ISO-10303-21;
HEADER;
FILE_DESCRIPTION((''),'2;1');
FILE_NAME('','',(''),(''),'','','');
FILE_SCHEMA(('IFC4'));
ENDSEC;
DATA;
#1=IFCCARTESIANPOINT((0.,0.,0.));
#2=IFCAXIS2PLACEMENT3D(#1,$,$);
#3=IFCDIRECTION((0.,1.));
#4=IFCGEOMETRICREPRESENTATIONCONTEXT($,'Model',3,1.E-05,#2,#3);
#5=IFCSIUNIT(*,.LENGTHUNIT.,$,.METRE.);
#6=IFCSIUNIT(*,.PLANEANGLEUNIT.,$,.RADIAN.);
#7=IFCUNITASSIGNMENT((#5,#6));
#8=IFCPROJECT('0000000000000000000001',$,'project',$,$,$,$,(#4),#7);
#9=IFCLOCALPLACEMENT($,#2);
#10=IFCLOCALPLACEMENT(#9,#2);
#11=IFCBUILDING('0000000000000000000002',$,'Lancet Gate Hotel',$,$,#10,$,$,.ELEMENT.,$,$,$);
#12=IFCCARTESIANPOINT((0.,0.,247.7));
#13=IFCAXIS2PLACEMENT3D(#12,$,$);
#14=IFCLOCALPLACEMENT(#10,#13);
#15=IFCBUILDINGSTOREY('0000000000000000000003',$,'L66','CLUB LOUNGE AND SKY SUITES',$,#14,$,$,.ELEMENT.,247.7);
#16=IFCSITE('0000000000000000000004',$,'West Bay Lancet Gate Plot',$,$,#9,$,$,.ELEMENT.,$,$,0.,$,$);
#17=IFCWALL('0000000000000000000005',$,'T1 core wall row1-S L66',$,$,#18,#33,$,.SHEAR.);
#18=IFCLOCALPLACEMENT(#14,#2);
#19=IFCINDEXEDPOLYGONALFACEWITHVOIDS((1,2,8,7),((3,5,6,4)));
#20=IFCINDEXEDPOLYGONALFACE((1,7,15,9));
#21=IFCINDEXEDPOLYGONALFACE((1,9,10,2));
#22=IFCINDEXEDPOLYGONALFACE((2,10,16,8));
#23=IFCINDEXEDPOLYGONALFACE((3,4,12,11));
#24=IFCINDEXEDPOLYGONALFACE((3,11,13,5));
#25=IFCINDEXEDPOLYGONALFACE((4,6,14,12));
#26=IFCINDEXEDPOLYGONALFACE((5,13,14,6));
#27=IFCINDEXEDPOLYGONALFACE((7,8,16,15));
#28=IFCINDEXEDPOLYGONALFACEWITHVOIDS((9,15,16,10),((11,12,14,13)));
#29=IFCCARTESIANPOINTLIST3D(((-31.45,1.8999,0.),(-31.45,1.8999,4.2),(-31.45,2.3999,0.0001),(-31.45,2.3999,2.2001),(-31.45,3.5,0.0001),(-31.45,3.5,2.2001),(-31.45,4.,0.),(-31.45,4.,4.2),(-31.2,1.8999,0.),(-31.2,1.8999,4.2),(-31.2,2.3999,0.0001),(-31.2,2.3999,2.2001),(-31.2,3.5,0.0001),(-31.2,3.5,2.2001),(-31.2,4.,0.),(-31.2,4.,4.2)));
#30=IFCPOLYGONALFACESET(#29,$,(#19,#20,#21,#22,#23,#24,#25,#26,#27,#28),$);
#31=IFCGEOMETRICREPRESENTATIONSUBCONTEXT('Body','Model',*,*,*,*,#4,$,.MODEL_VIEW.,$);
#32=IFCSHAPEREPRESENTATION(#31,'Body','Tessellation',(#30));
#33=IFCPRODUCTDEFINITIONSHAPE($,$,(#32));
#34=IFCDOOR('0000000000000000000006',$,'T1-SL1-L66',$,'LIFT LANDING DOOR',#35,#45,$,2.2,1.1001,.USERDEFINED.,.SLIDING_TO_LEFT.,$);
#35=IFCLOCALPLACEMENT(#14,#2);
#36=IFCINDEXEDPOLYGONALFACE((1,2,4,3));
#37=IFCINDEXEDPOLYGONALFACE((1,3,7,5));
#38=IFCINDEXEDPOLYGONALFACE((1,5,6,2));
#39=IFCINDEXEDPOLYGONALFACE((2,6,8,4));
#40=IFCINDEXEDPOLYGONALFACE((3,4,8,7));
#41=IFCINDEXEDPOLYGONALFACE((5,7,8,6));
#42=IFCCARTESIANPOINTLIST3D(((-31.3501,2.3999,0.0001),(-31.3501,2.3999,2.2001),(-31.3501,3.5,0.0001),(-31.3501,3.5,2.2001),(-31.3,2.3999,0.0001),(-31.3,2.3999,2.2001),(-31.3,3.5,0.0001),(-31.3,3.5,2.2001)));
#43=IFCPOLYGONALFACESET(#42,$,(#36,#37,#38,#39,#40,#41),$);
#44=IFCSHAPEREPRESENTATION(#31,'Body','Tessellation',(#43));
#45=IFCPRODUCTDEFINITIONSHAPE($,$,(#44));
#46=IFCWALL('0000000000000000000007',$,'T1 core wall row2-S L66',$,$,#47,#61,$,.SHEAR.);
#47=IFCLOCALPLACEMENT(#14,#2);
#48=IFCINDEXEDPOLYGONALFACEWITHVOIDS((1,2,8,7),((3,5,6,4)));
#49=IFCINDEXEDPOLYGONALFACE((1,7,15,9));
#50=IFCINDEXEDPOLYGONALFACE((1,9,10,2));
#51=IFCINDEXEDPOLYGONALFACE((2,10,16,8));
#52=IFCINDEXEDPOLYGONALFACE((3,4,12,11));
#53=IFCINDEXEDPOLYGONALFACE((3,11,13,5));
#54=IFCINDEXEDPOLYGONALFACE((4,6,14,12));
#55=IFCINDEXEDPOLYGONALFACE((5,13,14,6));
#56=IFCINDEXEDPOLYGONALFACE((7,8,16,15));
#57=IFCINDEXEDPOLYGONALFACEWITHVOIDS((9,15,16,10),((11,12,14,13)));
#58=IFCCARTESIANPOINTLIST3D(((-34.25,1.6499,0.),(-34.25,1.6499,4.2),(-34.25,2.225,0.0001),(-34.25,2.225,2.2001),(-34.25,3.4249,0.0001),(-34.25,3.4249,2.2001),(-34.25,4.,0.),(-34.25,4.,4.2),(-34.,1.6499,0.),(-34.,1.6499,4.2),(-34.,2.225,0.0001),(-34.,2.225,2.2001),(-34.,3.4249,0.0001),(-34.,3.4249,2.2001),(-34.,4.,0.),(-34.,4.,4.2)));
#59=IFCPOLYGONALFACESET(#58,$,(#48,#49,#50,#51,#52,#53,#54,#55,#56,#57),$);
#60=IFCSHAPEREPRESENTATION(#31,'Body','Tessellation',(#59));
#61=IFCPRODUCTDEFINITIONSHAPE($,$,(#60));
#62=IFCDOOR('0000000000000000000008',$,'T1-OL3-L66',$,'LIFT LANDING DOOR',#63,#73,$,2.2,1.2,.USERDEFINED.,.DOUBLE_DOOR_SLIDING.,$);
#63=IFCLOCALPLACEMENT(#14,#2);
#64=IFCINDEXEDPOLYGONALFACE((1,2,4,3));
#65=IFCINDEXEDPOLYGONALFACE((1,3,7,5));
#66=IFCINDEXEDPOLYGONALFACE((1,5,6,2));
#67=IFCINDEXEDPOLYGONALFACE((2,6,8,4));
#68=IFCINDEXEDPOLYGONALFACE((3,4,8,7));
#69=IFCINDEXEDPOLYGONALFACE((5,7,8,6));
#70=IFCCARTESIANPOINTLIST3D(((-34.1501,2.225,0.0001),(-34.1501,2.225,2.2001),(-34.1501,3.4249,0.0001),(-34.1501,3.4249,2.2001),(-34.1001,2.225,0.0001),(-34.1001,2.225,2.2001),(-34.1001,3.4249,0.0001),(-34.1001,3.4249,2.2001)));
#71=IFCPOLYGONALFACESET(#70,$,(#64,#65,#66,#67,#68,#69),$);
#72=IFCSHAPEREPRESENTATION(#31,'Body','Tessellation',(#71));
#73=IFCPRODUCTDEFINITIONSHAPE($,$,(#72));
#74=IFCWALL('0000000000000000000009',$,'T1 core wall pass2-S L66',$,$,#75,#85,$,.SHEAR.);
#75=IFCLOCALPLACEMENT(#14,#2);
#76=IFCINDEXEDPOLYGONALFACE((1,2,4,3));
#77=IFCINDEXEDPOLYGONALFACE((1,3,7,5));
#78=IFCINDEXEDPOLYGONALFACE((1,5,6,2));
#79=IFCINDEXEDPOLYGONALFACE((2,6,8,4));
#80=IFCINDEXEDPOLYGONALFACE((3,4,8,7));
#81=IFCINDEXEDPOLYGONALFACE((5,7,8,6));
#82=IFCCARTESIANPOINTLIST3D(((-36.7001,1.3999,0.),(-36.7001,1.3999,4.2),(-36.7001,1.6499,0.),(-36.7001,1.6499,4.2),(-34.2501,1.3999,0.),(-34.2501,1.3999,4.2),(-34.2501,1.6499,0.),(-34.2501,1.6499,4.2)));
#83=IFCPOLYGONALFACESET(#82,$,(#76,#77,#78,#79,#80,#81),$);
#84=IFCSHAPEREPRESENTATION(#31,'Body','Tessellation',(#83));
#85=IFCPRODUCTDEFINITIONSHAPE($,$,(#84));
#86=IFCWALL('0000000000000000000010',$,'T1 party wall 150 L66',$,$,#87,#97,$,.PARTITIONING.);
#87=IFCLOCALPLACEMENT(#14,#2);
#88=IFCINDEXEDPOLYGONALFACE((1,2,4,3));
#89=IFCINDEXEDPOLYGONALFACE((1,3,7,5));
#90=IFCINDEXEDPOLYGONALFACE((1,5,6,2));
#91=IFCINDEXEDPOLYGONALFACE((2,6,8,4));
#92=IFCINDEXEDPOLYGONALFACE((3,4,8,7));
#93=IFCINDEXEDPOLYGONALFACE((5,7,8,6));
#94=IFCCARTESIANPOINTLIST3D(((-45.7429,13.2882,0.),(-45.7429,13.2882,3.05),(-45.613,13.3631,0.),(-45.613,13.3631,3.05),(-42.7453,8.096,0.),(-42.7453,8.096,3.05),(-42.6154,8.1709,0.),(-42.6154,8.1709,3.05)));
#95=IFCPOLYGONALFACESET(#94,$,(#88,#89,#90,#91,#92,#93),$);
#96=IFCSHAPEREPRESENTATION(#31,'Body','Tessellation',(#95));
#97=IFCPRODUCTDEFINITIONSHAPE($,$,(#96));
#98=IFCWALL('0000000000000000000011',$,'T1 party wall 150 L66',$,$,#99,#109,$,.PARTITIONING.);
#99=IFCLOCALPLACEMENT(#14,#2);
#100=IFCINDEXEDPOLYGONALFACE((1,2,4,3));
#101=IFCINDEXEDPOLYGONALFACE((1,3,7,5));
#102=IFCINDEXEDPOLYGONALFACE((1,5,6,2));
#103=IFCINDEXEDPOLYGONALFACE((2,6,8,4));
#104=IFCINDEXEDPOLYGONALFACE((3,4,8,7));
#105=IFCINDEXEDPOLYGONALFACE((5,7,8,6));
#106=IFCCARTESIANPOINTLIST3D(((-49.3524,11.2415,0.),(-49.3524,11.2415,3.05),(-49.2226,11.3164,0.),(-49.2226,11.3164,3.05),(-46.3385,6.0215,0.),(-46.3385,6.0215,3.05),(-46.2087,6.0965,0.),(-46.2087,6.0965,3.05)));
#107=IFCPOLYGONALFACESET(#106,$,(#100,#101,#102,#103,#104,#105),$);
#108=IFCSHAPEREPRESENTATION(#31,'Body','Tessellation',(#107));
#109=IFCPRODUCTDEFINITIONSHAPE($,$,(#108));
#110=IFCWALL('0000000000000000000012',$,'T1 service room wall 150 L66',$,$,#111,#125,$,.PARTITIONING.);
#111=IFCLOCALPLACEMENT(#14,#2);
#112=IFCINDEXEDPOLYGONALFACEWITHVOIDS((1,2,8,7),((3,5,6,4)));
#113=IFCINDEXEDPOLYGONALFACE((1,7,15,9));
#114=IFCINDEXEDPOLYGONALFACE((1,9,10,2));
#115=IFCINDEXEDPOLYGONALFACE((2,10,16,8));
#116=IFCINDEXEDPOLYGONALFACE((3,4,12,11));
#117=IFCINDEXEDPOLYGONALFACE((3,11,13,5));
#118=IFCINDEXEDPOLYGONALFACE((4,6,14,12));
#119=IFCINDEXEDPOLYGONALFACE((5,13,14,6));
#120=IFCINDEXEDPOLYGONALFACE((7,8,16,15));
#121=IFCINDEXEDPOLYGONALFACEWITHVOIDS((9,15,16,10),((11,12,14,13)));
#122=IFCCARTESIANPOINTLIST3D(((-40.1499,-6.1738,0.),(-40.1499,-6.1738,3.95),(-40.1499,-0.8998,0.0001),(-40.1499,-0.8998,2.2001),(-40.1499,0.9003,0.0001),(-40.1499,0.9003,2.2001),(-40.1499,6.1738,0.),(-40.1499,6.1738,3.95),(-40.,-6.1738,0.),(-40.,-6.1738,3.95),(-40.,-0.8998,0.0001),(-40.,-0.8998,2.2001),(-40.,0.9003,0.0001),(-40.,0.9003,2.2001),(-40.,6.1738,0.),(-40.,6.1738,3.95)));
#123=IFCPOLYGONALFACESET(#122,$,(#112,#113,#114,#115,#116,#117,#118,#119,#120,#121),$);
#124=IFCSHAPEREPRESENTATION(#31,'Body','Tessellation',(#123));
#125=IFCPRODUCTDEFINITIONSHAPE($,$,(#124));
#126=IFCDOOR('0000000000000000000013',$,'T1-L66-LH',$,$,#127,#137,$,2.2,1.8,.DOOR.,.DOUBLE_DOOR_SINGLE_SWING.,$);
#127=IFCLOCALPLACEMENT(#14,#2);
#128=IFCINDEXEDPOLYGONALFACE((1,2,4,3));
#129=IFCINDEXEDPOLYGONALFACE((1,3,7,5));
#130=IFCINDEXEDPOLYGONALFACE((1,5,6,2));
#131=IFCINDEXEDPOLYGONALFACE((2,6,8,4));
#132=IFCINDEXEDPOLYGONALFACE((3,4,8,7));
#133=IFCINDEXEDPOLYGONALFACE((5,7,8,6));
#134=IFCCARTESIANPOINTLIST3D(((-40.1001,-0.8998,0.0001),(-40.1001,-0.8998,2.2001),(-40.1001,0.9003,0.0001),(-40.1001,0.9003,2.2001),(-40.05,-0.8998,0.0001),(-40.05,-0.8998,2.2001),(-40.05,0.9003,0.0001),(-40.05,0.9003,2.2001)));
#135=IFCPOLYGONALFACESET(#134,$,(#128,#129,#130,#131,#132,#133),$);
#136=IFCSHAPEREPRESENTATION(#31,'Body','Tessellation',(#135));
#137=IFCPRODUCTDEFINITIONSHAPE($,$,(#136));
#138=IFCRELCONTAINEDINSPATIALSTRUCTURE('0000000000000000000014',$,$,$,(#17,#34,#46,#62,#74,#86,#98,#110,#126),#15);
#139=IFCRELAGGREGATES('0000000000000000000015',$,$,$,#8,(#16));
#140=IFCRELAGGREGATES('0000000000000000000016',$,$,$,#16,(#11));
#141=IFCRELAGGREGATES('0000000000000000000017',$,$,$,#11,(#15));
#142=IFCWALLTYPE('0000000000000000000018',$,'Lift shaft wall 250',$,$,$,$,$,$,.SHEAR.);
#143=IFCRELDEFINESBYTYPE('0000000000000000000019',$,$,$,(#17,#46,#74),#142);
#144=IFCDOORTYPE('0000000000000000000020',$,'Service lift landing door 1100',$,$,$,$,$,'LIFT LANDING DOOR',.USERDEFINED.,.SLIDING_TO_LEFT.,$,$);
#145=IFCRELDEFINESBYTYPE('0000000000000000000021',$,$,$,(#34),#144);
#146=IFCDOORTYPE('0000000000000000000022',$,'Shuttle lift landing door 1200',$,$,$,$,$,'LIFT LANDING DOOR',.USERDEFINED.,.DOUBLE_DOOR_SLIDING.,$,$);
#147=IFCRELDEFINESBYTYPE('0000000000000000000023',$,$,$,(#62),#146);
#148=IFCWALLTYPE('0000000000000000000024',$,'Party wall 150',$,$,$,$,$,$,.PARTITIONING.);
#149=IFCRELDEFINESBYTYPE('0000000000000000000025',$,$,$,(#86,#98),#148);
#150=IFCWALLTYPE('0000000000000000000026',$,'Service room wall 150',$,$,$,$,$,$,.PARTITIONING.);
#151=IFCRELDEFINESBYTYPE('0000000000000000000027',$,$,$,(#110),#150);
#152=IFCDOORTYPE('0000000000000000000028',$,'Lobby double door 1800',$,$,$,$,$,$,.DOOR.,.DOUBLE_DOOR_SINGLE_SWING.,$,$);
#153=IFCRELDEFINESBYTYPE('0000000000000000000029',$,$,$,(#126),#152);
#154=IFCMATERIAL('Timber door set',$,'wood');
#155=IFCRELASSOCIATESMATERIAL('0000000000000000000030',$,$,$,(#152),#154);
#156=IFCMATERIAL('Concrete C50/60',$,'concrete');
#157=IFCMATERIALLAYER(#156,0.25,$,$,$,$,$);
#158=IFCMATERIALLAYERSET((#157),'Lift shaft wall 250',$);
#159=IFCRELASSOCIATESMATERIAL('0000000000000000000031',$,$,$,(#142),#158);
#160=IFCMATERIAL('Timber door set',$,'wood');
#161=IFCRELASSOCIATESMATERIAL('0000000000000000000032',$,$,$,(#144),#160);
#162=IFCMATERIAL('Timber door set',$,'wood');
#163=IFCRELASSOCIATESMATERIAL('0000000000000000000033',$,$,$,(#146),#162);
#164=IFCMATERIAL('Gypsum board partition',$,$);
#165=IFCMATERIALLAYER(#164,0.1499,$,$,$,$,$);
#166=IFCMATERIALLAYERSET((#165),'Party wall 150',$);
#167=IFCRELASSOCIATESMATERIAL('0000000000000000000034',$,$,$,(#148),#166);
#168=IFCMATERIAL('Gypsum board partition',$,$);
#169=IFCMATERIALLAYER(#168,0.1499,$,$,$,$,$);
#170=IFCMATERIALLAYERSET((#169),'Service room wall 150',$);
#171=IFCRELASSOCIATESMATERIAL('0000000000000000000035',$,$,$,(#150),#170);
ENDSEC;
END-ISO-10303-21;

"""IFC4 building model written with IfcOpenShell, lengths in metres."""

from ifc_helpers import new_model, si_unit, direction, frame, frame_2d, origin, place, context, subcontext, project, spatial, rectangle, extrude, material, layer, layer_set, type_object, element, fill, save


model = new_model("IFC4")

# Units and contexts
model_context = context("Model", 3, precision=1e-05, world=origin(), true_north=direction((0.0, 1.0)))
body_context = subcontext(model_context, "Body", "Model", "MODEL_VIEW")
ifc_project = project(units=[si_unit("LENGTHUNIT", "METRE"), si_unit("PLANEANGLEUNIT", "RADIAN")], contexts=[model_context])

# Site, building, storey
site_placement = place(None, origin())
site = spatial("IfcSite", under=ifc_project, at=site_placement, Name="West Bay Lancet Gate Plot", CompositionType="ELEMENT", RefElevation=0.0)
building_placement = place(site_placement, origin())
building = spatial("IfcBuilding", under=site, at=building_placement, Name="Lancet Gate Hotel", CompositionType="ELEMENT")
storey_placement = place(building_placement, frame((0.0, 0.0, 247.7)))
storey = spatial("IfcBuildingStorey", under=building, at=storey_placement, Name="L66", Description="CLUB LOUNGE AND SKY SUITES", CompositionType="ELEMENT", Elevation=247.7)

# Walls, openings, doors
ifc_material_1 = material(Name="Timber door set", Category="wood")
door_type_1 = type_object("IfcDoorType", Name="Lobby double door 1800", OperationType="DOUBLE_DOOR_SINGLE_SWING", PredefinedType="DOOR", material=ifc_material_1)
ifc_material_2 = material(Name="Concrete C50/60", Category="concrete")
ifc_layer_1 = layer(ifc_material_2, 0.25)
ifc_layer_set_1 = layer_set([ifc_layer_1], Name="Lift shaft wall 250")
wall_type_1 = type_object("IfcWallType", Name="Lift shaft wall 250", PredefinedType="SHEAR", material=ifc_layer_set_1)
wall_1_placement = place(storey_placement, frame((-31.325, 4.0, 0.0), z_axis=(0.0, 0.0, 1.0), x_axis=(0.0, -1.0, 0.0)))
wall_1 = element("IfcWall", 1, at=wall_1_placement, inside=storey, type_object=wall_type_1, Name="T1 core wall row1-S L66", PredefinedType="SHEAR", context=body_context, shape_type="SweptSolid", body=[
    extrude(rectangle(XDim=2.1001, YDim=0.25, at=frame_2d((1.05, 0.0))), origin(), (0.0, 0.0, 1.0), 4.2),
])
opening_1_placement = place(wall_1_placement, frame((0.5, 0.0, 0.0)))
opening_1 = element("IfcOpeningElement", 2, at=opening_1_placement, cuts=wall_1, PredefinedType="OPENING", context=body_context, shape_type="SweptSolid", body=[
    extrude(rectangle(XDim=1.1001, YDim=2.2, at=frame_2d((0.55, 1.1001))), frame((0.0, 0.135, 0.0), z_axis=(0.0, -1.0, 0.0), x_axis=(1.0, 0.0, 0.0)), (0.0, 0.0, 1.0), 0.27),
])
ifc_material_3 = material(Name="Timber door set", Category="wood")
door_type_2 = type_object("IfcDoorType", Name="Service lift landing door 1100", ElementType="LIFT LANDING DOOR", OperationType="SLIDING_TO_LEFT", PredefinedType="USERDEFINED", material=ifc_material_3)
door_1_placement = place(opening_1_placement, origin())
door_1 = element("IfcDoor", 3, at=door_1_placement, inside=storey, type_object=door_type_2, Name="T1-SL1-L66", ObjectType="LIFT LANDING DOOR", OperationType="SLIDING_TO_LEFT", OverallHeight=2.2, OverallWidth=1.1001, PredefinedType="USERDEFINED", context=body_context, shape_type="SweptSolid", body=[
    extrude(rectangle(XDim=1.1001, YDim=2.2, at=frame_2d((0.55, 1.1001))), frame((0.0, 0.0249, 0.0), z_axis=(0.0, -1.0, 0.0), x_axis=(1.0, 0.0, 0.0)), (0.0, 0.0, 1.0), 0.05),
])
fill(opening_1, door_1)
wall_2_placement = place(storey_placement, frame((-34.125, 4.0, 0.0), z_axis=(0.0, 0.0, 1.0), x_axis=(0.0, -1.0, 0.0)))
wall_2 = element("IfcWall", 4, at=wall_2_placement, inside=storey, type_object=wall_type_1, Name="T1 core wall row2-S L66", PredefinedType="SHEAR", context=body_context, shape_type="SweptSolid", body=[
    extrude(rectangle(XDim=2.3501, YDim=0.25, at=frame_2d((1.175, 0.0))), origin(), (0.0, 0.0, 1.0), 4.2),
])
opening_2_placement = place(wall_2_placement, frame((0.575, 0.0, 0.0)))
opening_2 = element("IfcOpeningElement", 5, at=opening_2_placement, cuts=wall_2, PredefinedType="OPENING", context=body_context, shape_type="SweptSolid", body=[
    extrude(rectangle(XDim=1.2, YDim=2.2, at=frame_2d((0.6001, 1.1001))), frame((0.0, 0.135, 0.0), z_axis=(0.0, -1.0, 0.0), x_axis=(1.0, 0.0, 0.0)), (0.0, 0.0, 1.0), 0.27),
])
ifc_material_4 = material(Name="Timber door set", Category="wood")
door_type_3 = type_object("IfcDoorType", Name="Shuttle lift landing door 1200", ElementType="LIFT LANDING DOOR", OperationType="DOUBLE_DOOR_SLIDING", PredefinedType="USERDEFINED", material=ifc_material_4)
door_2_placement = place(opening_2_placement, origin())
door_2 = element("IfcDoor", 6, at=door_2_placement, inside=storey, type_object=door_type_3, Name="T1-OL3-L66", ObjectType="LIFT LANDING DOOR", OperationType="DOUBLE_DOOR_SLIDING", OverallHeight=2.2, OverallWidth=1.2, PredefinedType="USERDEFINED", context=body_context, shape_type="SweptSolid", body=[
    extrude(rectangle(XDim=1.2, YDim=2.2, at=frame_2d((0.6001, 1.1001))), frame((0.0, 0.0249, 0.0), z_axis=(0.0, -1.0, 0.0), x_axis=(1.0, 0.0, 0.0)), (0.0, 0.0, 1.0), 0.05),
])
fill(opening_2, door_2)

# Walls
wall_3_placement = place(storey_placement, frame((-34.25, 1.5249, 0.0), z_axis=(0.0, 0.0, 1.0), x_axis=(-1.0, 0.0, 0.0)))
element("IfcWall", 7, at=wall_3_placement, inside=storey, type_object=wall_type_1, Name="T1 core wall pass2-S L66", PredefinedType="SHEAR", context=body_context, shape_type="SweptSolid", body=[
    extrude(rectangle(XDim=2.45, YDim=0.25, at=frame_2d((1.2251, 0.0))), origin(), (0.0, 0.0, 1.0), 4.2),
])
ifc_material_5 = material(Name="Gypsum board partition")
ifc_layer_2 = layer(ifc_material_5, 0.1499)
ifc_layer_set_2 = layer_set([ifc_layer_2], Name="Party wall 150")
wall_type_2 = type_object("IfcWallType", Name="Party wall 150", PredefinedType="PARTITIONING", material=ifc_layer_set_2)
wall_4_placement = place(storey_placement, frame((-42.6804, 8.1335, 0.0), z_axis=(0.0, 0.0, 1.0), x_axis=(-0.499984, 0.866034, 0.0)))
element("IfcWall", 8, at=wall_4_placement, inside=storey, type_object=wall_type_2, Name="T1 party wall 150 L66", PredefinedType="PARTITIONING", context=body_context, shape_type="SweptSolid", body=[
    extrude(rectangle(XDim=5.9954, YDim=0.1499, at=frame_2d((2.9976, 0.0))), origin(), (0.0, 0.0, 1.0), 3.05),
])
wall_5_placement = place(storey_placement, frame((-46.2737, 6.0591, 0.0), z_axis=(0.0, 0.0, 1.0), x_axis=(-0.50002, 0.866014, 0.0)))
element("IfcWall", 9, at=wall_5_placement, inside=storey, type_object=wall_type_2, Name="T1 party wall 150 L66", PredefinedType="PARTITIONING", context=body_context, shape_type="SweptSolid", body=[
    extrude(rectangle(XDim=6.0276, YDim=0.1499, at=frame_2d((3.0137, 0.0))), origin(), (0.0, 0.0, 1.0), 3.05),
])

# Wall, opening, door
ifc_material_6 = material(Name="Gypsum board partition")
ifc_layer_3 = layer(ifc_material_6, 0.1499)
ifc_layer_set_3 = layer_set([ifc_layer_3], Name="Service room wall 150")
wall_type_3 = type_object("IfcWallType", Name="Service room wall 150", PredefinedType="PARTITIONING", material=ifc_layer_set_3)
wall_6_placement = place(storey_placement, frame((-40.075, 6.1738, 0.0), z_axis=(0.0, 0.0, 1.0), x_axis=(0.0, -1.0, 0.0)))
wall_6 = element("IfcWall", 10, at=wall_6_placement, inside=storey, type_object=wall_type_3, Name="T1 service room wall 150 L66", PredefinedType="PARTITIONING", context=body_context, shape_type="SweptSolid", body=[
    extrude(rectangle(XDim=12.3477, YDim=0.1499, at=frame_2d((6.1738, 0.0))), origin(), (0.0, 0.0, 1.0), 3.95),
])
opening_3_placement = place(wall_6_placement, frame((5.2737, 0.0, 0.0)))
opening_3 = element("IfcOpeningElement", 11, at=opening_3_placement, cuts=wall_6, PredefinedType="OPENING", context=body_context, shape_type="SweptSolid", body=[
    extrude(rectangle(XDim=1.8, YDim=2.2, at=frame_2d((0.8999, 1.1001))), frame((0.0, 0.085, 0.0), z_axis=(0.0, -1.0, 0.0), x_axis=(1.0, 0.0, 0.0)), (0.0, 0.0, 1.0), 0.1699),
])
door_3_placement = place(opening_3_placement, origin())
door_3 = element("IfcDoor", 12, at=door_3_placement, inside=storey, type_object=door_type_1, Name="T1-L66-LH", OperationType="DOUBLE_DOOR_SINGLE_SWING", OverallHeight=2.2, OverallWidth=1.8, PredefinedType="DOOR", context=body_context, shape_type="SweptSolid", body=[
    extrude(rectangle(XDim=1.8, YDim=2.2, at=frame_2d((0.8999, 1.1001))), frame((0.0, 0.0249, 0.0), z_axis=(0.0, -1.0, 0.0), x_axis=(1.0, 0.0, 0.0)), (0.0, 0.0, 1.0), 0.05),
])
fill(opening_3, door_3)

save(model, "model.ifc")
